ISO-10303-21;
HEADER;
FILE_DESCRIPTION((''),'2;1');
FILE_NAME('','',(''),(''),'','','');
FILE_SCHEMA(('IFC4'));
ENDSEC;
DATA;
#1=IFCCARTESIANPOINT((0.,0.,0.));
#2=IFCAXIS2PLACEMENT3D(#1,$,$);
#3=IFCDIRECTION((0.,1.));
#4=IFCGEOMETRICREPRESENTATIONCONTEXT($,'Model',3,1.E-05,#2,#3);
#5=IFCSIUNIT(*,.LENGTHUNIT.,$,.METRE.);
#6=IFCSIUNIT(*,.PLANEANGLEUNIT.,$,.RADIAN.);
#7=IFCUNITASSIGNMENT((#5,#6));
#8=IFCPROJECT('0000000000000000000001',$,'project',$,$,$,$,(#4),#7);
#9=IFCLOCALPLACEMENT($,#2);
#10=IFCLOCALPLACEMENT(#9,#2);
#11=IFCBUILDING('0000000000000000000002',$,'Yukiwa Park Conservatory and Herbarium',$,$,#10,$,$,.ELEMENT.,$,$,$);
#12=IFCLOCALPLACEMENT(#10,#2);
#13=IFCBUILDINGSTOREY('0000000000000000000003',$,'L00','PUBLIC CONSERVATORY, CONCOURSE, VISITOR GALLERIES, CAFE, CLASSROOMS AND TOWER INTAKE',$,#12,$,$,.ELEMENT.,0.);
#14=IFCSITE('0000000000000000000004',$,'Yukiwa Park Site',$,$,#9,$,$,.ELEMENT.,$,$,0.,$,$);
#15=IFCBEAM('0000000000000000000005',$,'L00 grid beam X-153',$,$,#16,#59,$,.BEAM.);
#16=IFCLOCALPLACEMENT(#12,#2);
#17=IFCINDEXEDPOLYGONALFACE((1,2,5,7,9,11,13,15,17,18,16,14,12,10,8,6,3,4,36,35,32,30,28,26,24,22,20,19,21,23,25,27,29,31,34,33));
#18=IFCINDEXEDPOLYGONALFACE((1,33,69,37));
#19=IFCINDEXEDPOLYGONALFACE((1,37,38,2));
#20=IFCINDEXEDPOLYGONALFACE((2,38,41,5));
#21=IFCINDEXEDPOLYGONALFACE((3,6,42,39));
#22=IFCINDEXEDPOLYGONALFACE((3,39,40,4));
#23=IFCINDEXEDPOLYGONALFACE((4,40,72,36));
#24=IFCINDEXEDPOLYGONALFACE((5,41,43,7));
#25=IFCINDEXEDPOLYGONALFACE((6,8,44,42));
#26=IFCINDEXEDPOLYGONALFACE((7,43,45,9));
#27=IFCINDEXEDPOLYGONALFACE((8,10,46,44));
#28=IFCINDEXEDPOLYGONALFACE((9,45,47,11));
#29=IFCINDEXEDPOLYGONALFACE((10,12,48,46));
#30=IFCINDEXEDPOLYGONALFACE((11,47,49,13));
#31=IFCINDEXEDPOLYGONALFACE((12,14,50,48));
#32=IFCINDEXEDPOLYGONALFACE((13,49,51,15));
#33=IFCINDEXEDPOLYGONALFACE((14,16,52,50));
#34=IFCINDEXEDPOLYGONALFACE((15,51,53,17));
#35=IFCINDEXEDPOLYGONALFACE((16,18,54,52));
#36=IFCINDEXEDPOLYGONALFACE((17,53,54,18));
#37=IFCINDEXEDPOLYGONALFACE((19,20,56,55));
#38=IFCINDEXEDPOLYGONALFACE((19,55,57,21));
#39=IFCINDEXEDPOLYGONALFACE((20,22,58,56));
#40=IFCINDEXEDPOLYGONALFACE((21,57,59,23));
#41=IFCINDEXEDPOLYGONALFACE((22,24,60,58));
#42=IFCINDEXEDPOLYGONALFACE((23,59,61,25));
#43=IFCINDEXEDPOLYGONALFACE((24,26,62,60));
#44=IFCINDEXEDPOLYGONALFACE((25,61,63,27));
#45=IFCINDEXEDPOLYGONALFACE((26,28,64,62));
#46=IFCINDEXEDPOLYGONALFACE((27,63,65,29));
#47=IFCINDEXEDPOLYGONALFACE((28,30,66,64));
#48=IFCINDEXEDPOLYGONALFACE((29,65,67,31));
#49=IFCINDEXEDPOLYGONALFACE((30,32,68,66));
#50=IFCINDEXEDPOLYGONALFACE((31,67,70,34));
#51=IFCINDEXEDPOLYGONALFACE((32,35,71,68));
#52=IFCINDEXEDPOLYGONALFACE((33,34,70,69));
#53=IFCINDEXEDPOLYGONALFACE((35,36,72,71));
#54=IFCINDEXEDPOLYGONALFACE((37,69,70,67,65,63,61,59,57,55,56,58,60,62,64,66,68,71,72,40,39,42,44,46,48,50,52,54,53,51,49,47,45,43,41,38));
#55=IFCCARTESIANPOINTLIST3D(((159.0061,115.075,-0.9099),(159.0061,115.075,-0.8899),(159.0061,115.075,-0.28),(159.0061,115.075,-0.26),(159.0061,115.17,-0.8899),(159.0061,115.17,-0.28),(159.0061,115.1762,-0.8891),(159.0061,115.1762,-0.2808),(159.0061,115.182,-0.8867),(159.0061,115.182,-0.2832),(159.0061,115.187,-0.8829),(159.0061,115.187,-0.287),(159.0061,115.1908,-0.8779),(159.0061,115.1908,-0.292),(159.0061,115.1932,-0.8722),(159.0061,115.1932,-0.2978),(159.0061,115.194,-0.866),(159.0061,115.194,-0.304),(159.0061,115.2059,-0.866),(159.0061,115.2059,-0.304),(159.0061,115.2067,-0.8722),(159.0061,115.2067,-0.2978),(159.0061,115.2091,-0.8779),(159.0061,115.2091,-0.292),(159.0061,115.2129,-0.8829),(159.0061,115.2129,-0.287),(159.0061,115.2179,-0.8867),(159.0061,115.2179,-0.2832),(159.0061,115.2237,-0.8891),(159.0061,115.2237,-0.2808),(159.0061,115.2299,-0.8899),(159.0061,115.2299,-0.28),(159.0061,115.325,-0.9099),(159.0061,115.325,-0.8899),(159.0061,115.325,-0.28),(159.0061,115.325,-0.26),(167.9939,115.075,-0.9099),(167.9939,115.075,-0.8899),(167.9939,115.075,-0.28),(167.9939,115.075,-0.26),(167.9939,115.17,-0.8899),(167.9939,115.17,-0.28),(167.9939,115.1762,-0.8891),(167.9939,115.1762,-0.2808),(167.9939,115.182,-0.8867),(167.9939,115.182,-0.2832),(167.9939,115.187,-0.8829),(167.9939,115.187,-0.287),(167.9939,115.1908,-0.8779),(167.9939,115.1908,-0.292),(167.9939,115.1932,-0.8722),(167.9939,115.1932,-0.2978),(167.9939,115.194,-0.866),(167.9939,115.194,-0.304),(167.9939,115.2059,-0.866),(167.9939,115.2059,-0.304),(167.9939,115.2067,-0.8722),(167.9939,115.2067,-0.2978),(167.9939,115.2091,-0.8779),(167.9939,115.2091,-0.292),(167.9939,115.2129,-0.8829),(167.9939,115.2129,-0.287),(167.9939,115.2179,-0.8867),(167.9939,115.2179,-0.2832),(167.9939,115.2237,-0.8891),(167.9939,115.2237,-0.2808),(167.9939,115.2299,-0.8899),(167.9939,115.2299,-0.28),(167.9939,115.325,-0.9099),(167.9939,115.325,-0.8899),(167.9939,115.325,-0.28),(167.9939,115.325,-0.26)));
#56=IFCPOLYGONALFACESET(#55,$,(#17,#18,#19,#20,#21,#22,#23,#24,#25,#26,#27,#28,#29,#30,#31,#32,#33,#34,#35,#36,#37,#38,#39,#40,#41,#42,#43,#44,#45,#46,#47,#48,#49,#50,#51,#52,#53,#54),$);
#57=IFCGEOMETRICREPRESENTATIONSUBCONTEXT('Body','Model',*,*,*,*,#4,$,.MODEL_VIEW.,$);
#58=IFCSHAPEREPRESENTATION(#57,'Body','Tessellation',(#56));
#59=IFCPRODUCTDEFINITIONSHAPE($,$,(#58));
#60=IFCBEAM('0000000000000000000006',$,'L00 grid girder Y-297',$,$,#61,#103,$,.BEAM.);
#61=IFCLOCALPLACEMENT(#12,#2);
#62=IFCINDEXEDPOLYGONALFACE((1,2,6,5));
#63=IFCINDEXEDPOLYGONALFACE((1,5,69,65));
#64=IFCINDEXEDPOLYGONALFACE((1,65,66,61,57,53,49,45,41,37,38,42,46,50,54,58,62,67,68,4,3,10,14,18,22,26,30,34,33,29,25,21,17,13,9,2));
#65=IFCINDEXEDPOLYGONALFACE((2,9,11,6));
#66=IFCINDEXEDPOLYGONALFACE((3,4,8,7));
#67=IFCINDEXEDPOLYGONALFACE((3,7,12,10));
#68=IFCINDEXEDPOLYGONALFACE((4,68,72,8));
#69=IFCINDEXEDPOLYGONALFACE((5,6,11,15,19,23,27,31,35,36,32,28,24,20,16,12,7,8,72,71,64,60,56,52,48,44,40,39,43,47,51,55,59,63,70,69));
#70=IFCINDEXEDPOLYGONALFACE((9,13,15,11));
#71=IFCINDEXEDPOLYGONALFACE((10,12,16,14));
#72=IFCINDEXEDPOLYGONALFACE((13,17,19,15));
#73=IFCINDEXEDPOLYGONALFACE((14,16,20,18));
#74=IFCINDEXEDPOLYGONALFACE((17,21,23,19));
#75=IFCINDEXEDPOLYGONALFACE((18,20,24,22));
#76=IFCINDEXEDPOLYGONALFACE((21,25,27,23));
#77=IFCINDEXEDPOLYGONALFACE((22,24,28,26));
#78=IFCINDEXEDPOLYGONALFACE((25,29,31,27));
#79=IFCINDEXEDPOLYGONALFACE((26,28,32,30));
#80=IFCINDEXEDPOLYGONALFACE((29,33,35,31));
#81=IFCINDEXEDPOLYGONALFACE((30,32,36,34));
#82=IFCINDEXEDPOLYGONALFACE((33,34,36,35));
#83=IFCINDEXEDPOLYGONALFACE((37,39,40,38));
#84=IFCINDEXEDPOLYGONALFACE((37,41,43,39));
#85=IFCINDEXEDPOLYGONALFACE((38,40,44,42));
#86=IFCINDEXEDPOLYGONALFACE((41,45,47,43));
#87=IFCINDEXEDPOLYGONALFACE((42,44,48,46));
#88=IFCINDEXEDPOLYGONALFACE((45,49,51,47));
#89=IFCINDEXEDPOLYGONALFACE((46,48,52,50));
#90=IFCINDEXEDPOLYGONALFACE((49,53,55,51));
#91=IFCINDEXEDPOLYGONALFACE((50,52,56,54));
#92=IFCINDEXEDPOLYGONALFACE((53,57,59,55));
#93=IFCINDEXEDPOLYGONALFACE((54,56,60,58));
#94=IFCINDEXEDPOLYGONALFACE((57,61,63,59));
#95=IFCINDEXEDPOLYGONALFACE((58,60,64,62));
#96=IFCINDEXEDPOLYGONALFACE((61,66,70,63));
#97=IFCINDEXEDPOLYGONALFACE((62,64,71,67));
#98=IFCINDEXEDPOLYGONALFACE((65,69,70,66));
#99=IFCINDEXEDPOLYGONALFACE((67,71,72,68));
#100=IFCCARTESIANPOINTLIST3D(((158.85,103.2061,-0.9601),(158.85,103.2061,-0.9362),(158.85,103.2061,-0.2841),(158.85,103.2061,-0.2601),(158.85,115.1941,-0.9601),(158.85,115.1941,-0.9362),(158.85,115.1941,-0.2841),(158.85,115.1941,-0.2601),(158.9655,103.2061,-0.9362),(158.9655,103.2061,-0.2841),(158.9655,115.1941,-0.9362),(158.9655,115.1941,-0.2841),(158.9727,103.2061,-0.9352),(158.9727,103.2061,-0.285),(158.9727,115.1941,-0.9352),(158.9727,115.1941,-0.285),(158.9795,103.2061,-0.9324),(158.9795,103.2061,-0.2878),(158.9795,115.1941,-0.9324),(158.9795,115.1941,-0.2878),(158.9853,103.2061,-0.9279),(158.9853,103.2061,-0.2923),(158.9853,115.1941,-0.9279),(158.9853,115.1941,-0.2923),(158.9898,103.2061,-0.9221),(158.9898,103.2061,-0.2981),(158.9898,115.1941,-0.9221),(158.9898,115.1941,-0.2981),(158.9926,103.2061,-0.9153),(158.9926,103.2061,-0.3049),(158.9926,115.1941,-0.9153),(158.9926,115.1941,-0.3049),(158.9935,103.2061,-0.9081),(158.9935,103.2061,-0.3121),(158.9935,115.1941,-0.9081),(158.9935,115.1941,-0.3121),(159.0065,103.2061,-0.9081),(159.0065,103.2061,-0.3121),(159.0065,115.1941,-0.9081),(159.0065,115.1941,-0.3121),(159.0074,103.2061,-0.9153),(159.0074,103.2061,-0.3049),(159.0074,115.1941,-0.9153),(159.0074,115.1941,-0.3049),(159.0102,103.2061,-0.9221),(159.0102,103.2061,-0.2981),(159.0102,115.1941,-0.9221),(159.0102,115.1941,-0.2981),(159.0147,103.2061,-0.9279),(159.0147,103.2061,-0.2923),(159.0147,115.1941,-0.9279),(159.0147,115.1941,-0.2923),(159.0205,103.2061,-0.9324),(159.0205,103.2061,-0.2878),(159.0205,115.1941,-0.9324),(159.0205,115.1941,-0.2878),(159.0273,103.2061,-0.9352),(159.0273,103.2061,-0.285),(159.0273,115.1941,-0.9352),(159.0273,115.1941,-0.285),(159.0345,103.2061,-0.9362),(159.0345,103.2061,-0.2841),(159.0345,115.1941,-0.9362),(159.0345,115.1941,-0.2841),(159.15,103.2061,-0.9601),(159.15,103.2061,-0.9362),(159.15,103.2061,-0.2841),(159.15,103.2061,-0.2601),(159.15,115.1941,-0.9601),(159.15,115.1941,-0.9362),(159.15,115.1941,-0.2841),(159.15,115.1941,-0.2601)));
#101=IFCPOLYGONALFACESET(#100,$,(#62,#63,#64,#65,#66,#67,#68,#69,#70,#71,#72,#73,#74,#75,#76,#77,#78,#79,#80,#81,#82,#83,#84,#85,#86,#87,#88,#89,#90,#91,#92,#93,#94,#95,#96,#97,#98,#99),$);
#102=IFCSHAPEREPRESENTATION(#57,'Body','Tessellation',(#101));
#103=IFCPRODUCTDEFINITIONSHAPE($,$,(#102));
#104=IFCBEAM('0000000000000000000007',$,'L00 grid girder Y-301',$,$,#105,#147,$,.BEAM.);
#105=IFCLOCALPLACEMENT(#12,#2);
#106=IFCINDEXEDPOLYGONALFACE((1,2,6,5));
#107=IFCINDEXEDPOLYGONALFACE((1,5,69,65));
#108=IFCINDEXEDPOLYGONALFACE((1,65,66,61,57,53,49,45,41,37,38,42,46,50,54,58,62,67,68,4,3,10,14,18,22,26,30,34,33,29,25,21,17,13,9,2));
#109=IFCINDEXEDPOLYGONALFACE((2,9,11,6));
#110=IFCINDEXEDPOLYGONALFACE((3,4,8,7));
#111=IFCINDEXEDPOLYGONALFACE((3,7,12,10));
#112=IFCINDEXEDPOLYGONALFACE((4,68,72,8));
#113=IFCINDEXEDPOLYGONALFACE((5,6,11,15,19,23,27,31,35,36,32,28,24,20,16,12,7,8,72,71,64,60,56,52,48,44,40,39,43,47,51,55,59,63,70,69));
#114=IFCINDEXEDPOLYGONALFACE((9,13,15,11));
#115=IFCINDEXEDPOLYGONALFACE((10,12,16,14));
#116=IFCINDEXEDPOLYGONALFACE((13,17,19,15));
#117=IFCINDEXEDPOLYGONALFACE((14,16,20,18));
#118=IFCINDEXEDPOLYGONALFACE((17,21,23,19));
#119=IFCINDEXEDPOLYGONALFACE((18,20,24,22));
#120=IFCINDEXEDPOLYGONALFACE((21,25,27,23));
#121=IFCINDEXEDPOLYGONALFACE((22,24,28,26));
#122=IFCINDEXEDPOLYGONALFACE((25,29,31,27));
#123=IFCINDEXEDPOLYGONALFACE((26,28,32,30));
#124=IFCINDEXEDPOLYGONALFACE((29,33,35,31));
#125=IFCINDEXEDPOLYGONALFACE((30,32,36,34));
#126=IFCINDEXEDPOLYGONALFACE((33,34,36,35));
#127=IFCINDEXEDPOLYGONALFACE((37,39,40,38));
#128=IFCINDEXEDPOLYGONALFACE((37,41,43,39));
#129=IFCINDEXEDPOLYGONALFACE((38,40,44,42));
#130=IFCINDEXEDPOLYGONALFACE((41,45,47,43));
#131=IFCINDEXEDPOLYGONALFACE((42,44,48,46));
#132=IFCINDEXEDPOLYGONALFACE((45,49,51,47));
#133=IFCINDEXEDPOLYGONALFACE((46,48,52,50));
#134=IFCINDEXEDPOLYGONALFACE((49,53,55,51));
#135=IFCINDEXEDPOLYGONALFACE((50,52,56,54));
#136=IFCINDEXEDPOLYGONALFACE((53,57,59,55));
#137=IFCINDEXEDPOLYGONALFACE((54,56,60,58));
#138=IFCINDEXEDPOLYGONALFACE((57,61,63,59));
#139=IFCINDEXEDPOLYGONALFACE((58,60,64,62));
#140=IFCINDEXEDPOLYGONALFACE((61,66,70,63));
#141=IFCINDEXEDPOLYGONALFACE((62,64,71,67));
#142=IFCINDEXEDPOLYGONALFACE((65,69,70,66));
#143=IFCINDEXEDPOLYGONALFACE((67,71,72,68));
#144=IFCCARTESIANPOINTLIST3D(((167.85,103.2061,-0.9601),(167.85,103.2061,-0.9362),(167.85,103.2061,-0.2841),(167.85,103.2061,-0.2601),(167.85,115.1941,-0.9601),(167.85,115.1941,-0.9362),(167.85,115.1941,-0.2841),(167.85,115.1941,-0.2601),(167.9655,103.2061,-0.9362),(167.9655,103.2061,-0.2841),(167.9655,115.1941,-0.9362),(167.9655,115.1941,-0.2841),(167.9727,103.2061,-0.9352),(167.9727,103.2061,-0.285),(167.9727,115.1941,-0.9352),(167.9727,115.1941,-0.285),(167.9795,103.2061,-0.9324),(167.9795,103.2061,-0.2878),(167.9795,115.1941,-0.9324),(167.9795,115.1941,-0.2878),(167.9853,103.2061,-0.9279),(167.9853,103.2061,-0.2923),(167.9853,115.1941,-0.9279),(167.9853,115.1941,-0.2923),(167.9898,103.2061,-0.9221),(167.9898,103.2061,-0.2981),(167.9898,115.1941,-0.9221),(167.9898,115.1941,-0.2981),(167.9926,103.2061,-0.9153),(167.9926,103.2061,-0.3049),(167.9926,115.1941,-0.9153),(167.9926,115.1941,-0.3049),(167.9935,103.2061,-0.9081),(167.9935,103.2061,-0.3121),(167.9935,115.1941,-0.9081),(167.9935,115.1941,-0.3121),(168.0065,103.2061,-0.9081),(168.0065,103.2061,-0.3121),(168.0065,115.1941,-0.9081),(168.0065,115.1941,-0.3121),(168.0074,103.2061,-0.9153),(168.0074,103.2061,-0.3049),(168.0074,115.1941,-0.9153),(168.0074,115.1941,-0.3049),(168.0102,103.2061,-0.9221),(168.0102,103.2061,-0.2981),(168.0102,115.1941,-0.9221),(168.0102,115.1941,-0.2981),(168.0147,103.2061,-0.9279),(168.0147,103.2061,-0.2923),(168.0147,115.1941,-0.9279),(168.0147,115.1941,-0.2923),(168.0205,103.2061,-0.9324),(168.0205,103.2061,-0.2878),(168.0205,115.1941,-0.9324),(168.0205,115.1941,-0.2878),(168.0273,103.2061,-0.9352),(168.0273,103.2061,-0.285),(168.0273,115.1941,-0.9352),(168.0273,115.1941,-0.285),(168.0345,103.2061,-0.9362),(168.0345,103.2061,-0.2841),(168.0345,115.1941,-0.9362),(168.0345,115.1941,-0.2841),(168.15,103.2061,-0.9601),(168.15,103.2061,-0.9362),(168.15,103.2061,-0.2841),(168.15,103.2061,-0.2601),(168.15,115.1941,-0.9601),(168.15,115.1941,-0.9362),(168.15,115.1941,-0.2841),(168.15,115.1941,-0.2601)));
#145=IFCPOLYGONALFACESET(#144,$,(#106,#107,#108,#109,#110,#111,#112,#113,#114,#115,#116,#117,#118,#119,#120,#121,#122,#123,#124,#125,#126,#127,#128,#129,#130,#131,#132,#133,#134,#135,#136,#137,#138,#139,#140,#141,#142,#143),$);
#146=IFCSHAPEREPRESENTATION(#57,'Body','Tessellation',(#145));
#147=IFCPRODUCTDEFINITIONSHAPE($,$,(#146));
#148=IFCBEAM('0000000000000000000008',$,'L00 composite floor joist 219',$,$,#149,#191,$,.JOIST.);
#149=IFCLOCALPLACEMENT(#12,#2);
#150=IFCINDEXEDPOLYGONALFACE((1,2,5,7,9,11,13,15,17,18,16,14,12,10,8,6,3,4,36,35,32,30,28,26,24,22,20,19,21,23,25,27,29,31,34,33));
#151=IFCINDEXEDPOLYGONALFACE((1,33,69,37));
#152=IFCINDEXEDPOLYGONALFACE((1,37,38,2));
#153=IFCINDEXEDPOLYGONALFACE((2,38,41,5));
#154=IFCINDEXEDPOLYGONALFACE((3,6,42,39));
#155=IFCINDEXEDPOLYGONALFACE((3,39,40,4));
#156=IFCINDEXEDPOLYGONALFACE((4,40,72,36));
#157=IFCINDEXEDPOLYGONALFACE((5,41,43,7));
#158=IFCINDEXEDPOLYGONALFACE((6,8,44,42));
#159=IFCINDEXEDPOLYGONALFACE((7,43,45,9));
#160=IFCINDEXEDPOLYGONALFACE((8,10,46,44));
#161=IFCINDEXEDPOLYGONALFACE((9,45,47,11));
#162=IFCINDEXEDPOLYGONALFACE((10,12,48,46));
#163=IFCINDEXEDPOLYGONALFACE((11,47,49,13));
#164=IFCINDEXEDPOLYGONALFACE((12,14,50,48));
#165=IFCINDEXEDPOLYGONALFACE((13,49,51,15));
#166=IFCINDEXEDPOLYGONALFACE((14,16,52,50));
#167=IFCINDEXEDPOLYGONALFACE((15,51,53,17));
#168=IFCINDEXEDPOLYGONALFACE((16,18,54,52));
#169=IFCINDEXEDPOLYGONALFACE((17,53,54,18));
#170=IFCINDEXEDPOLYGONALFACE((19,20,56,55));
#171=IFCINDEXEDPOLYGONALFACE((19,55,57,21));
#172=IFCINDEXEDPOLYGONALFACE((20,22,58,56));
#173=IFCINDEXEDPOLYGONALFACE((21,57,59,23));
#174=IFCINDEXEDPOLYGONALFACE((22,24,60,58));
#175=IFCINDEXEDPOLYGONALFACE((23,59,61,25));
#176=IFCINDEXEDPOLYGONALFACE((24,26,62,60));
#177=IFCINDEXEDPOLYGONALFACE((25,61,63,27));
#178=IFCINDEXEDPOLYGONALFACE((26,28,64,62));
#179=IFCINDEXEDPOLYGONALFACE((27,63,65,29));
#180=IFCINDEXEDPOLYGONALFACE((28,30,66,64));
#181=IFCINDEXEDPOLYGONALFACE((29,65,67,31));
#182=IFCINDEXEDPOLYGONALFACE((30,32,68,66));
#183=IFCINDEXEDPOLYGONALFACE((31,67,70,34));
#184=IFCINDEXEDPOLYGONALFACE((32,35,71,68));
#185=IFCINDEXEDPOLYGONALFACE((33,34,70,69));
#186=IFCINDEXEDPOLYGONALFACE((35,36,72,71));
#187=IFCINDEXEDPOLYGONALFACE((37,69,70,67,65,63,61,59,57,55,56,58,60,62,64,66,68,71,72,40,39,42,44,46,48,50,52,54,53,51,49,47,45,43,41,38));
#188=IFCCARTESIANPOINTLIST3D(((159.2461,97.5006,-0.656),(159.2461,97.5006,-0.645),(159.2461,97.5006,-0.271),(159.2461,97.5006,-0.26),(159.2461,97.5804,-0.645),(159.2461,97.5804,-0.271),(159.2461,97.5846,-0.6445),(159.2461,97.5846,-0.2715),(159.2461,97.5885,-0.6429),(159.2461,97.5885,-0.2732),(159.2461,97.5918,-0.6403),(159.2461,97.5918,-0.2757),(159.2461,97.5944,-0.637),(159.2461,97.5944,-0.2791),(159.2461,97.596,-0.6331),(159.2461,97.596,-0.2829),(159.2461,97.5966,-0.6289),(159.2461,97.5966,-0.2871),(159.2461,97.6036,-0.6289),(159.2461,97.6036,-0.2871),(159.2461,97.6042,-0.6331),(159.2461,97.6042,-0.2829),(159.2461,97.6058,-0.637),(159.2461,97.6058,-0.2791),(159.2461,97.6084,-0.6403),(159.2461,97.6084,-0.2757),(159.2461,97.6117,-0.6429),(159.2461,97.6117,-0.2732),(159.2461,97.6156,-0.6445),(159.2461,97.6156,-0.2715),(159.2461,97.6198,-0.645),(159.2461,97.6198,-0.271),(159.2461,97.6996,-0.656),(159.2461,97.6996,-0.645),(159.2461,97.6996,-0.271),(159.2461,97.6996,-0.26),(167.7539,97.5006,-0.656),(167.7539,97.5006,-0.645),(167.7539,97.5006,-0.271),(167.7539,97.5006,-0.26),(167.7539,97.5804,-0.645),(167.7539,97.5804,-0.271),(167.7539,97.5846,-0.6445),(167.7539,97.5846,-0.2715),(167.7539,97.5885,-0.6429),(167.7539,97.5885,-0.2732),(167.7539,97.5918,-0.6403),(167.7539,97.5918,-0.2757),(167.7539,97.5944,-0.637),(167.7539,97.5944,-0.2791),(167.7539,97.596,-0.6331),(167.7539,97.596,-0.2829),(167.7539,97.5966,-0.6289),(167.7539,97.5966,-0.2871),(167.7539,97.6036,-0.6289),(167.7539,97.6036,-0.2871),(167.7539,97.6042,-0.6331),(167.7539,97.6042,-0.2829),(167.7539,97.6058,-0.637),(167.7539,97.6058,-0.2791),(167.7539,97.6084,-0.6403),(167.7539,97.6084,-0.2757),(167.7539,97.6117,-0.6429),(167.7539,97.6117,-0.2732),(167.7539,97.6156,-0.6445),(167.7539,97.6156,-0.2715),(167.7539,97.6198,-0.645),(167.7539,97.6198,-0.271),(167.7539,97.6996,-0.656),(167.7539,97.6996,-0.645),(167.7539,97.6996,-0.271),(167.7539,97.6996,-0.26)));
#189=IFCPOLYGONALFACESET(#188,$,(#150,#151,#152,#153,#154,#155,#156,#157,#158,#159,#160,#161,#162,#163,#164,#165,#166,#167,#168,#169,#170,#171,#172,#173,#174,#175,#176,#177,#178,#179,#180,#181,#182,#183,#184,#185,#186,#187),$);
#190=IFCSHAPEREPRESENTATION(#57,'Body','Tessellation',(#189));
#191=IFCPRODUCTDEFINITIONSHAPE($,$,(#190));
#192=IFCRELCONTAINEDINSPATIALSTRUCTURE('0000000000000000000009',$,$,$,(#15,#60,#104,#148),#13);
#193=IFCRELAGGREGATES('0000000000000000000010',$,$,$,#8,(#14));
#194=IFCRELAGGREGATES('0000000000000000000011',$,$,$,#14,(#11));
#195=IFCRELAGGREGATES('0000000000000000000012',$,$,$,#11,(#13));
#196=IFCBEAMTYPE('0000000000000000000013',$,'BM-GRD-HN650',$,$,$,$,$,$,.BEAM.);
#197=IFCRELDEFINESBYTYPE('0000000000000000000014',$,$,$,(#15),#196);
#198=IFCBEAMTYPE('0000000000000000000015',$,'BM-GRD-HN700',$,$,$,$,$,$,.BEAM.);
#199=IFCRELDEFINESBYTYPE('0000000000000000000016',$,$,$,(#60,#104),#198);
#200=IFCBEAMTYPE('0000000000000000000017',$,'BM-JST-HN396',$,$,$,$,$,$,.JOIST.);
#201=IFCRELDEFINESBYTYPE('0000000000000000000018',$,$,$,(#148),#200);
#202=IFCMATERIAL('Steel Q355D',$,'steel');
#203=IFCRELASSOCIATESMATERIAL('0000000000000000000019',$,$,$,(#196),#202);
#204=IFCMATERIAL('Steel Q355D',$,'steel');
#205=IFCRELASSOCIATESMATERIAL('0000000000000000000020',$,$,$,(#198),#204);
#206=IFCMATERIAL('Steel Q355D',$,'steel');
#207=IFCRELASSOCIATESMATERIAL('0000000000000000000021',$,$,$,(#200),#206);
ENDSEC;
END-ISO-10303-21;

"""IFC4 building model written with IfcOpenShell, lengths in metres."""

from ifc_helpers import new_model, si_unit, direction, frame, origin, origin_2d, place, context, subcontext, project, spatial, i_section, extrude, material, material_profile, profile_set, type_object, element, save


model = new_model("IFC4")

# Units and contexts
model_context = context("Model", 3, precision=1e-05, world=origin(), true_north=direction((0.0, 1.0)))
body_context = subcontext(model_context, "Body", "Model", "MODEL_VIEW")
ifc_project = project(units=[si_unit("LENGTHUNIT", "METRE"), si_unit("PLANEANGLEUNIT", "RADIAN")], contexts=[model_context])

# Site, building, storey
site_placement = place(None, origin())
site = spatial("IfcSite", under=ifc_project, at=site_placement, Name="Yukiwa Park Site", CompositionType="ELEMENT", RefElevation=0.0)
building_placement = place(site_placement, origin())
building = spatial("IfcBuilding", under=site, at=building_placement, Name="Yukiwa Park Conservatory and Herbarium", CompositionType="ELEMENT")
storey_placement = place(building_placement, origin())
storey = spatial("IfcBuildingStorey", under=building, at=storey_placement, Name="L00", Description="PUBLIC CONSERVATORY, CONCOURSE, VISITOR GALLERIES, CAFE, CLASSROOMS AND TOWER INTAKE", CompositionType="ELEMENT", Elevation=0.0)

# Beams
ifc_material_1 = material(Name="Steel Q355D", Category="steel")
ifc_material_profile_1 = material_profile(ifc_material_1, i_section(OverallWidth=0.25, OverallDepth=0.6499, WebThickness=0.012, FlangeThickness=0.02, FilletRadius=0.0239, at=origin_2d()), Name="HN 650x250x12x20")
ifc_profile_set_1 = profile_set([ifc_material_profile_1], Name="Steel Q355D")
beam_type_1 = type_object("IfcBeamType", Name="BM-GRD-HN650", PredefinedType="BEAM", material=ifc_profile_set_1)
for number, where, z_axis, x_axis, name in (
    (1, (159.0061, 115.2, -0.585), (1.0, 0.0, 0.0), (0.0, 1.0, 0.0), "L00 grid beam X-153"),
):
    element("IfcBeam", number, at=place(storey_placement, frame(where, z_axis=z_axis, x_axis=x_axis)), inside=storey, type_object=beam_type_1, Name=name, PredefinedType="BEAM", context=body_context, shape_type="SweptSolid", body=[
        extrude(i_section(OverallWidth=0.25, OverallDepth=0.6499, WebThickness=0.012, FlangeThickness=0.02, FilletRadius=0.0239, at=origin_2d()), origin(), (0.0, 0.0, 1.0), 8.9878),
    ])
ifc_material_2 = material(Name="Steel Q355D", Category="steel")
ifc_material_profile_2 = material_profile(ifc_material_2, i_section(OverallWidth=0.3, OverallDepth=0.7, WebThickness=0.0129, FlangeThickness=0.0239, FilletRadius=0.0281, at=origin_2d()), Name="HN 700x300x13x24")
ifc_profile_set_2 = profile_set([ifc_material_profile_2], Name="Steel Q355D")
beam_type_2 = type_object("IfcBeamType", Name="BM-GRD-HN700", PredefinedType="BEAM", material=ifc_profile_set_2)
for number, where, z_axis, x_axis, name in (
    (2, (159.0, 103.2061, -0.6101), (0.0, 1.0, 0.0), (-1.0, 0.0, 0.0), "L00 grid girder Y-297"),
    (3, (168.0, 103.2061, -0.6101), (0.0, 1.0, 0.0), (-1.0, 0.0, 0.0), "L00 grid girder Y-301"),
):
    element("IfcBeam", number, at=place(storey_placement, frame(where, z_axis=z_axis, x_axis=x_axis)), inside=storey, type_object=beam_type_2, Name=name, PredefinedType="BEAM", context=body_context, shape_type="SweptSolid", body=[
        extrude(i_section(OverallWidth=0.3, OverallDepth=0.7, WebThickness=0.0129, FlangeThickness=0.0239, FilletRadius=0.0281, at=origin_2d()), origin(), (0.0, 0.0, 1.0), 11.988),
    ])
ifc_material_3 = material(Name="Steel Q355D", Category="steel")
ifc_material_profile_3 = material_profile(ifc_material_3, i_section(OverallWidth=0.199, OverallDepth=0.396, WebThickness=0.0071, FlangeThickness=0.011, FilletRadius=0.0161, at=origin_2d()), Name="HN 396x199x7x11")
ifc_profile_set_3 = profile_set([ifc_material_profile_3], Name="Steel Q355D")
beam_type_3 = type_object("IfcBeamType", Name="BM-JST-HN396", PredefinedType="JOIST", material=ifc_profile_set_3)
for number, where, z_axis, x_axis, name in (
    (4, (159.2461, 97.6001, -0.458), (1.0, 0.0, 0.0), (0.0, 1.0, 0.0), "L00 composite floor joist 219"),
):
    element("IfcBeam", number, at=place(storey_placement, frame(where, z_axis=z_axis, x_axis=x_axis)), inside=storey, type_object=beam_type_3, Name=name, PredefinedType="JOIST", context=body_context, shape_type="SweptSolid", body=[
        extrude(i_section(OverallWidth=0.199, OverallDepth=0.396, WebThickness=0.0071, FlangeThickness=0.011, FilletRadius=0.0161, at=origin_2d()), origin(), (0.0, 0.0, 1.0), 8.5078),
    ])

save(model, "model.ifc")
